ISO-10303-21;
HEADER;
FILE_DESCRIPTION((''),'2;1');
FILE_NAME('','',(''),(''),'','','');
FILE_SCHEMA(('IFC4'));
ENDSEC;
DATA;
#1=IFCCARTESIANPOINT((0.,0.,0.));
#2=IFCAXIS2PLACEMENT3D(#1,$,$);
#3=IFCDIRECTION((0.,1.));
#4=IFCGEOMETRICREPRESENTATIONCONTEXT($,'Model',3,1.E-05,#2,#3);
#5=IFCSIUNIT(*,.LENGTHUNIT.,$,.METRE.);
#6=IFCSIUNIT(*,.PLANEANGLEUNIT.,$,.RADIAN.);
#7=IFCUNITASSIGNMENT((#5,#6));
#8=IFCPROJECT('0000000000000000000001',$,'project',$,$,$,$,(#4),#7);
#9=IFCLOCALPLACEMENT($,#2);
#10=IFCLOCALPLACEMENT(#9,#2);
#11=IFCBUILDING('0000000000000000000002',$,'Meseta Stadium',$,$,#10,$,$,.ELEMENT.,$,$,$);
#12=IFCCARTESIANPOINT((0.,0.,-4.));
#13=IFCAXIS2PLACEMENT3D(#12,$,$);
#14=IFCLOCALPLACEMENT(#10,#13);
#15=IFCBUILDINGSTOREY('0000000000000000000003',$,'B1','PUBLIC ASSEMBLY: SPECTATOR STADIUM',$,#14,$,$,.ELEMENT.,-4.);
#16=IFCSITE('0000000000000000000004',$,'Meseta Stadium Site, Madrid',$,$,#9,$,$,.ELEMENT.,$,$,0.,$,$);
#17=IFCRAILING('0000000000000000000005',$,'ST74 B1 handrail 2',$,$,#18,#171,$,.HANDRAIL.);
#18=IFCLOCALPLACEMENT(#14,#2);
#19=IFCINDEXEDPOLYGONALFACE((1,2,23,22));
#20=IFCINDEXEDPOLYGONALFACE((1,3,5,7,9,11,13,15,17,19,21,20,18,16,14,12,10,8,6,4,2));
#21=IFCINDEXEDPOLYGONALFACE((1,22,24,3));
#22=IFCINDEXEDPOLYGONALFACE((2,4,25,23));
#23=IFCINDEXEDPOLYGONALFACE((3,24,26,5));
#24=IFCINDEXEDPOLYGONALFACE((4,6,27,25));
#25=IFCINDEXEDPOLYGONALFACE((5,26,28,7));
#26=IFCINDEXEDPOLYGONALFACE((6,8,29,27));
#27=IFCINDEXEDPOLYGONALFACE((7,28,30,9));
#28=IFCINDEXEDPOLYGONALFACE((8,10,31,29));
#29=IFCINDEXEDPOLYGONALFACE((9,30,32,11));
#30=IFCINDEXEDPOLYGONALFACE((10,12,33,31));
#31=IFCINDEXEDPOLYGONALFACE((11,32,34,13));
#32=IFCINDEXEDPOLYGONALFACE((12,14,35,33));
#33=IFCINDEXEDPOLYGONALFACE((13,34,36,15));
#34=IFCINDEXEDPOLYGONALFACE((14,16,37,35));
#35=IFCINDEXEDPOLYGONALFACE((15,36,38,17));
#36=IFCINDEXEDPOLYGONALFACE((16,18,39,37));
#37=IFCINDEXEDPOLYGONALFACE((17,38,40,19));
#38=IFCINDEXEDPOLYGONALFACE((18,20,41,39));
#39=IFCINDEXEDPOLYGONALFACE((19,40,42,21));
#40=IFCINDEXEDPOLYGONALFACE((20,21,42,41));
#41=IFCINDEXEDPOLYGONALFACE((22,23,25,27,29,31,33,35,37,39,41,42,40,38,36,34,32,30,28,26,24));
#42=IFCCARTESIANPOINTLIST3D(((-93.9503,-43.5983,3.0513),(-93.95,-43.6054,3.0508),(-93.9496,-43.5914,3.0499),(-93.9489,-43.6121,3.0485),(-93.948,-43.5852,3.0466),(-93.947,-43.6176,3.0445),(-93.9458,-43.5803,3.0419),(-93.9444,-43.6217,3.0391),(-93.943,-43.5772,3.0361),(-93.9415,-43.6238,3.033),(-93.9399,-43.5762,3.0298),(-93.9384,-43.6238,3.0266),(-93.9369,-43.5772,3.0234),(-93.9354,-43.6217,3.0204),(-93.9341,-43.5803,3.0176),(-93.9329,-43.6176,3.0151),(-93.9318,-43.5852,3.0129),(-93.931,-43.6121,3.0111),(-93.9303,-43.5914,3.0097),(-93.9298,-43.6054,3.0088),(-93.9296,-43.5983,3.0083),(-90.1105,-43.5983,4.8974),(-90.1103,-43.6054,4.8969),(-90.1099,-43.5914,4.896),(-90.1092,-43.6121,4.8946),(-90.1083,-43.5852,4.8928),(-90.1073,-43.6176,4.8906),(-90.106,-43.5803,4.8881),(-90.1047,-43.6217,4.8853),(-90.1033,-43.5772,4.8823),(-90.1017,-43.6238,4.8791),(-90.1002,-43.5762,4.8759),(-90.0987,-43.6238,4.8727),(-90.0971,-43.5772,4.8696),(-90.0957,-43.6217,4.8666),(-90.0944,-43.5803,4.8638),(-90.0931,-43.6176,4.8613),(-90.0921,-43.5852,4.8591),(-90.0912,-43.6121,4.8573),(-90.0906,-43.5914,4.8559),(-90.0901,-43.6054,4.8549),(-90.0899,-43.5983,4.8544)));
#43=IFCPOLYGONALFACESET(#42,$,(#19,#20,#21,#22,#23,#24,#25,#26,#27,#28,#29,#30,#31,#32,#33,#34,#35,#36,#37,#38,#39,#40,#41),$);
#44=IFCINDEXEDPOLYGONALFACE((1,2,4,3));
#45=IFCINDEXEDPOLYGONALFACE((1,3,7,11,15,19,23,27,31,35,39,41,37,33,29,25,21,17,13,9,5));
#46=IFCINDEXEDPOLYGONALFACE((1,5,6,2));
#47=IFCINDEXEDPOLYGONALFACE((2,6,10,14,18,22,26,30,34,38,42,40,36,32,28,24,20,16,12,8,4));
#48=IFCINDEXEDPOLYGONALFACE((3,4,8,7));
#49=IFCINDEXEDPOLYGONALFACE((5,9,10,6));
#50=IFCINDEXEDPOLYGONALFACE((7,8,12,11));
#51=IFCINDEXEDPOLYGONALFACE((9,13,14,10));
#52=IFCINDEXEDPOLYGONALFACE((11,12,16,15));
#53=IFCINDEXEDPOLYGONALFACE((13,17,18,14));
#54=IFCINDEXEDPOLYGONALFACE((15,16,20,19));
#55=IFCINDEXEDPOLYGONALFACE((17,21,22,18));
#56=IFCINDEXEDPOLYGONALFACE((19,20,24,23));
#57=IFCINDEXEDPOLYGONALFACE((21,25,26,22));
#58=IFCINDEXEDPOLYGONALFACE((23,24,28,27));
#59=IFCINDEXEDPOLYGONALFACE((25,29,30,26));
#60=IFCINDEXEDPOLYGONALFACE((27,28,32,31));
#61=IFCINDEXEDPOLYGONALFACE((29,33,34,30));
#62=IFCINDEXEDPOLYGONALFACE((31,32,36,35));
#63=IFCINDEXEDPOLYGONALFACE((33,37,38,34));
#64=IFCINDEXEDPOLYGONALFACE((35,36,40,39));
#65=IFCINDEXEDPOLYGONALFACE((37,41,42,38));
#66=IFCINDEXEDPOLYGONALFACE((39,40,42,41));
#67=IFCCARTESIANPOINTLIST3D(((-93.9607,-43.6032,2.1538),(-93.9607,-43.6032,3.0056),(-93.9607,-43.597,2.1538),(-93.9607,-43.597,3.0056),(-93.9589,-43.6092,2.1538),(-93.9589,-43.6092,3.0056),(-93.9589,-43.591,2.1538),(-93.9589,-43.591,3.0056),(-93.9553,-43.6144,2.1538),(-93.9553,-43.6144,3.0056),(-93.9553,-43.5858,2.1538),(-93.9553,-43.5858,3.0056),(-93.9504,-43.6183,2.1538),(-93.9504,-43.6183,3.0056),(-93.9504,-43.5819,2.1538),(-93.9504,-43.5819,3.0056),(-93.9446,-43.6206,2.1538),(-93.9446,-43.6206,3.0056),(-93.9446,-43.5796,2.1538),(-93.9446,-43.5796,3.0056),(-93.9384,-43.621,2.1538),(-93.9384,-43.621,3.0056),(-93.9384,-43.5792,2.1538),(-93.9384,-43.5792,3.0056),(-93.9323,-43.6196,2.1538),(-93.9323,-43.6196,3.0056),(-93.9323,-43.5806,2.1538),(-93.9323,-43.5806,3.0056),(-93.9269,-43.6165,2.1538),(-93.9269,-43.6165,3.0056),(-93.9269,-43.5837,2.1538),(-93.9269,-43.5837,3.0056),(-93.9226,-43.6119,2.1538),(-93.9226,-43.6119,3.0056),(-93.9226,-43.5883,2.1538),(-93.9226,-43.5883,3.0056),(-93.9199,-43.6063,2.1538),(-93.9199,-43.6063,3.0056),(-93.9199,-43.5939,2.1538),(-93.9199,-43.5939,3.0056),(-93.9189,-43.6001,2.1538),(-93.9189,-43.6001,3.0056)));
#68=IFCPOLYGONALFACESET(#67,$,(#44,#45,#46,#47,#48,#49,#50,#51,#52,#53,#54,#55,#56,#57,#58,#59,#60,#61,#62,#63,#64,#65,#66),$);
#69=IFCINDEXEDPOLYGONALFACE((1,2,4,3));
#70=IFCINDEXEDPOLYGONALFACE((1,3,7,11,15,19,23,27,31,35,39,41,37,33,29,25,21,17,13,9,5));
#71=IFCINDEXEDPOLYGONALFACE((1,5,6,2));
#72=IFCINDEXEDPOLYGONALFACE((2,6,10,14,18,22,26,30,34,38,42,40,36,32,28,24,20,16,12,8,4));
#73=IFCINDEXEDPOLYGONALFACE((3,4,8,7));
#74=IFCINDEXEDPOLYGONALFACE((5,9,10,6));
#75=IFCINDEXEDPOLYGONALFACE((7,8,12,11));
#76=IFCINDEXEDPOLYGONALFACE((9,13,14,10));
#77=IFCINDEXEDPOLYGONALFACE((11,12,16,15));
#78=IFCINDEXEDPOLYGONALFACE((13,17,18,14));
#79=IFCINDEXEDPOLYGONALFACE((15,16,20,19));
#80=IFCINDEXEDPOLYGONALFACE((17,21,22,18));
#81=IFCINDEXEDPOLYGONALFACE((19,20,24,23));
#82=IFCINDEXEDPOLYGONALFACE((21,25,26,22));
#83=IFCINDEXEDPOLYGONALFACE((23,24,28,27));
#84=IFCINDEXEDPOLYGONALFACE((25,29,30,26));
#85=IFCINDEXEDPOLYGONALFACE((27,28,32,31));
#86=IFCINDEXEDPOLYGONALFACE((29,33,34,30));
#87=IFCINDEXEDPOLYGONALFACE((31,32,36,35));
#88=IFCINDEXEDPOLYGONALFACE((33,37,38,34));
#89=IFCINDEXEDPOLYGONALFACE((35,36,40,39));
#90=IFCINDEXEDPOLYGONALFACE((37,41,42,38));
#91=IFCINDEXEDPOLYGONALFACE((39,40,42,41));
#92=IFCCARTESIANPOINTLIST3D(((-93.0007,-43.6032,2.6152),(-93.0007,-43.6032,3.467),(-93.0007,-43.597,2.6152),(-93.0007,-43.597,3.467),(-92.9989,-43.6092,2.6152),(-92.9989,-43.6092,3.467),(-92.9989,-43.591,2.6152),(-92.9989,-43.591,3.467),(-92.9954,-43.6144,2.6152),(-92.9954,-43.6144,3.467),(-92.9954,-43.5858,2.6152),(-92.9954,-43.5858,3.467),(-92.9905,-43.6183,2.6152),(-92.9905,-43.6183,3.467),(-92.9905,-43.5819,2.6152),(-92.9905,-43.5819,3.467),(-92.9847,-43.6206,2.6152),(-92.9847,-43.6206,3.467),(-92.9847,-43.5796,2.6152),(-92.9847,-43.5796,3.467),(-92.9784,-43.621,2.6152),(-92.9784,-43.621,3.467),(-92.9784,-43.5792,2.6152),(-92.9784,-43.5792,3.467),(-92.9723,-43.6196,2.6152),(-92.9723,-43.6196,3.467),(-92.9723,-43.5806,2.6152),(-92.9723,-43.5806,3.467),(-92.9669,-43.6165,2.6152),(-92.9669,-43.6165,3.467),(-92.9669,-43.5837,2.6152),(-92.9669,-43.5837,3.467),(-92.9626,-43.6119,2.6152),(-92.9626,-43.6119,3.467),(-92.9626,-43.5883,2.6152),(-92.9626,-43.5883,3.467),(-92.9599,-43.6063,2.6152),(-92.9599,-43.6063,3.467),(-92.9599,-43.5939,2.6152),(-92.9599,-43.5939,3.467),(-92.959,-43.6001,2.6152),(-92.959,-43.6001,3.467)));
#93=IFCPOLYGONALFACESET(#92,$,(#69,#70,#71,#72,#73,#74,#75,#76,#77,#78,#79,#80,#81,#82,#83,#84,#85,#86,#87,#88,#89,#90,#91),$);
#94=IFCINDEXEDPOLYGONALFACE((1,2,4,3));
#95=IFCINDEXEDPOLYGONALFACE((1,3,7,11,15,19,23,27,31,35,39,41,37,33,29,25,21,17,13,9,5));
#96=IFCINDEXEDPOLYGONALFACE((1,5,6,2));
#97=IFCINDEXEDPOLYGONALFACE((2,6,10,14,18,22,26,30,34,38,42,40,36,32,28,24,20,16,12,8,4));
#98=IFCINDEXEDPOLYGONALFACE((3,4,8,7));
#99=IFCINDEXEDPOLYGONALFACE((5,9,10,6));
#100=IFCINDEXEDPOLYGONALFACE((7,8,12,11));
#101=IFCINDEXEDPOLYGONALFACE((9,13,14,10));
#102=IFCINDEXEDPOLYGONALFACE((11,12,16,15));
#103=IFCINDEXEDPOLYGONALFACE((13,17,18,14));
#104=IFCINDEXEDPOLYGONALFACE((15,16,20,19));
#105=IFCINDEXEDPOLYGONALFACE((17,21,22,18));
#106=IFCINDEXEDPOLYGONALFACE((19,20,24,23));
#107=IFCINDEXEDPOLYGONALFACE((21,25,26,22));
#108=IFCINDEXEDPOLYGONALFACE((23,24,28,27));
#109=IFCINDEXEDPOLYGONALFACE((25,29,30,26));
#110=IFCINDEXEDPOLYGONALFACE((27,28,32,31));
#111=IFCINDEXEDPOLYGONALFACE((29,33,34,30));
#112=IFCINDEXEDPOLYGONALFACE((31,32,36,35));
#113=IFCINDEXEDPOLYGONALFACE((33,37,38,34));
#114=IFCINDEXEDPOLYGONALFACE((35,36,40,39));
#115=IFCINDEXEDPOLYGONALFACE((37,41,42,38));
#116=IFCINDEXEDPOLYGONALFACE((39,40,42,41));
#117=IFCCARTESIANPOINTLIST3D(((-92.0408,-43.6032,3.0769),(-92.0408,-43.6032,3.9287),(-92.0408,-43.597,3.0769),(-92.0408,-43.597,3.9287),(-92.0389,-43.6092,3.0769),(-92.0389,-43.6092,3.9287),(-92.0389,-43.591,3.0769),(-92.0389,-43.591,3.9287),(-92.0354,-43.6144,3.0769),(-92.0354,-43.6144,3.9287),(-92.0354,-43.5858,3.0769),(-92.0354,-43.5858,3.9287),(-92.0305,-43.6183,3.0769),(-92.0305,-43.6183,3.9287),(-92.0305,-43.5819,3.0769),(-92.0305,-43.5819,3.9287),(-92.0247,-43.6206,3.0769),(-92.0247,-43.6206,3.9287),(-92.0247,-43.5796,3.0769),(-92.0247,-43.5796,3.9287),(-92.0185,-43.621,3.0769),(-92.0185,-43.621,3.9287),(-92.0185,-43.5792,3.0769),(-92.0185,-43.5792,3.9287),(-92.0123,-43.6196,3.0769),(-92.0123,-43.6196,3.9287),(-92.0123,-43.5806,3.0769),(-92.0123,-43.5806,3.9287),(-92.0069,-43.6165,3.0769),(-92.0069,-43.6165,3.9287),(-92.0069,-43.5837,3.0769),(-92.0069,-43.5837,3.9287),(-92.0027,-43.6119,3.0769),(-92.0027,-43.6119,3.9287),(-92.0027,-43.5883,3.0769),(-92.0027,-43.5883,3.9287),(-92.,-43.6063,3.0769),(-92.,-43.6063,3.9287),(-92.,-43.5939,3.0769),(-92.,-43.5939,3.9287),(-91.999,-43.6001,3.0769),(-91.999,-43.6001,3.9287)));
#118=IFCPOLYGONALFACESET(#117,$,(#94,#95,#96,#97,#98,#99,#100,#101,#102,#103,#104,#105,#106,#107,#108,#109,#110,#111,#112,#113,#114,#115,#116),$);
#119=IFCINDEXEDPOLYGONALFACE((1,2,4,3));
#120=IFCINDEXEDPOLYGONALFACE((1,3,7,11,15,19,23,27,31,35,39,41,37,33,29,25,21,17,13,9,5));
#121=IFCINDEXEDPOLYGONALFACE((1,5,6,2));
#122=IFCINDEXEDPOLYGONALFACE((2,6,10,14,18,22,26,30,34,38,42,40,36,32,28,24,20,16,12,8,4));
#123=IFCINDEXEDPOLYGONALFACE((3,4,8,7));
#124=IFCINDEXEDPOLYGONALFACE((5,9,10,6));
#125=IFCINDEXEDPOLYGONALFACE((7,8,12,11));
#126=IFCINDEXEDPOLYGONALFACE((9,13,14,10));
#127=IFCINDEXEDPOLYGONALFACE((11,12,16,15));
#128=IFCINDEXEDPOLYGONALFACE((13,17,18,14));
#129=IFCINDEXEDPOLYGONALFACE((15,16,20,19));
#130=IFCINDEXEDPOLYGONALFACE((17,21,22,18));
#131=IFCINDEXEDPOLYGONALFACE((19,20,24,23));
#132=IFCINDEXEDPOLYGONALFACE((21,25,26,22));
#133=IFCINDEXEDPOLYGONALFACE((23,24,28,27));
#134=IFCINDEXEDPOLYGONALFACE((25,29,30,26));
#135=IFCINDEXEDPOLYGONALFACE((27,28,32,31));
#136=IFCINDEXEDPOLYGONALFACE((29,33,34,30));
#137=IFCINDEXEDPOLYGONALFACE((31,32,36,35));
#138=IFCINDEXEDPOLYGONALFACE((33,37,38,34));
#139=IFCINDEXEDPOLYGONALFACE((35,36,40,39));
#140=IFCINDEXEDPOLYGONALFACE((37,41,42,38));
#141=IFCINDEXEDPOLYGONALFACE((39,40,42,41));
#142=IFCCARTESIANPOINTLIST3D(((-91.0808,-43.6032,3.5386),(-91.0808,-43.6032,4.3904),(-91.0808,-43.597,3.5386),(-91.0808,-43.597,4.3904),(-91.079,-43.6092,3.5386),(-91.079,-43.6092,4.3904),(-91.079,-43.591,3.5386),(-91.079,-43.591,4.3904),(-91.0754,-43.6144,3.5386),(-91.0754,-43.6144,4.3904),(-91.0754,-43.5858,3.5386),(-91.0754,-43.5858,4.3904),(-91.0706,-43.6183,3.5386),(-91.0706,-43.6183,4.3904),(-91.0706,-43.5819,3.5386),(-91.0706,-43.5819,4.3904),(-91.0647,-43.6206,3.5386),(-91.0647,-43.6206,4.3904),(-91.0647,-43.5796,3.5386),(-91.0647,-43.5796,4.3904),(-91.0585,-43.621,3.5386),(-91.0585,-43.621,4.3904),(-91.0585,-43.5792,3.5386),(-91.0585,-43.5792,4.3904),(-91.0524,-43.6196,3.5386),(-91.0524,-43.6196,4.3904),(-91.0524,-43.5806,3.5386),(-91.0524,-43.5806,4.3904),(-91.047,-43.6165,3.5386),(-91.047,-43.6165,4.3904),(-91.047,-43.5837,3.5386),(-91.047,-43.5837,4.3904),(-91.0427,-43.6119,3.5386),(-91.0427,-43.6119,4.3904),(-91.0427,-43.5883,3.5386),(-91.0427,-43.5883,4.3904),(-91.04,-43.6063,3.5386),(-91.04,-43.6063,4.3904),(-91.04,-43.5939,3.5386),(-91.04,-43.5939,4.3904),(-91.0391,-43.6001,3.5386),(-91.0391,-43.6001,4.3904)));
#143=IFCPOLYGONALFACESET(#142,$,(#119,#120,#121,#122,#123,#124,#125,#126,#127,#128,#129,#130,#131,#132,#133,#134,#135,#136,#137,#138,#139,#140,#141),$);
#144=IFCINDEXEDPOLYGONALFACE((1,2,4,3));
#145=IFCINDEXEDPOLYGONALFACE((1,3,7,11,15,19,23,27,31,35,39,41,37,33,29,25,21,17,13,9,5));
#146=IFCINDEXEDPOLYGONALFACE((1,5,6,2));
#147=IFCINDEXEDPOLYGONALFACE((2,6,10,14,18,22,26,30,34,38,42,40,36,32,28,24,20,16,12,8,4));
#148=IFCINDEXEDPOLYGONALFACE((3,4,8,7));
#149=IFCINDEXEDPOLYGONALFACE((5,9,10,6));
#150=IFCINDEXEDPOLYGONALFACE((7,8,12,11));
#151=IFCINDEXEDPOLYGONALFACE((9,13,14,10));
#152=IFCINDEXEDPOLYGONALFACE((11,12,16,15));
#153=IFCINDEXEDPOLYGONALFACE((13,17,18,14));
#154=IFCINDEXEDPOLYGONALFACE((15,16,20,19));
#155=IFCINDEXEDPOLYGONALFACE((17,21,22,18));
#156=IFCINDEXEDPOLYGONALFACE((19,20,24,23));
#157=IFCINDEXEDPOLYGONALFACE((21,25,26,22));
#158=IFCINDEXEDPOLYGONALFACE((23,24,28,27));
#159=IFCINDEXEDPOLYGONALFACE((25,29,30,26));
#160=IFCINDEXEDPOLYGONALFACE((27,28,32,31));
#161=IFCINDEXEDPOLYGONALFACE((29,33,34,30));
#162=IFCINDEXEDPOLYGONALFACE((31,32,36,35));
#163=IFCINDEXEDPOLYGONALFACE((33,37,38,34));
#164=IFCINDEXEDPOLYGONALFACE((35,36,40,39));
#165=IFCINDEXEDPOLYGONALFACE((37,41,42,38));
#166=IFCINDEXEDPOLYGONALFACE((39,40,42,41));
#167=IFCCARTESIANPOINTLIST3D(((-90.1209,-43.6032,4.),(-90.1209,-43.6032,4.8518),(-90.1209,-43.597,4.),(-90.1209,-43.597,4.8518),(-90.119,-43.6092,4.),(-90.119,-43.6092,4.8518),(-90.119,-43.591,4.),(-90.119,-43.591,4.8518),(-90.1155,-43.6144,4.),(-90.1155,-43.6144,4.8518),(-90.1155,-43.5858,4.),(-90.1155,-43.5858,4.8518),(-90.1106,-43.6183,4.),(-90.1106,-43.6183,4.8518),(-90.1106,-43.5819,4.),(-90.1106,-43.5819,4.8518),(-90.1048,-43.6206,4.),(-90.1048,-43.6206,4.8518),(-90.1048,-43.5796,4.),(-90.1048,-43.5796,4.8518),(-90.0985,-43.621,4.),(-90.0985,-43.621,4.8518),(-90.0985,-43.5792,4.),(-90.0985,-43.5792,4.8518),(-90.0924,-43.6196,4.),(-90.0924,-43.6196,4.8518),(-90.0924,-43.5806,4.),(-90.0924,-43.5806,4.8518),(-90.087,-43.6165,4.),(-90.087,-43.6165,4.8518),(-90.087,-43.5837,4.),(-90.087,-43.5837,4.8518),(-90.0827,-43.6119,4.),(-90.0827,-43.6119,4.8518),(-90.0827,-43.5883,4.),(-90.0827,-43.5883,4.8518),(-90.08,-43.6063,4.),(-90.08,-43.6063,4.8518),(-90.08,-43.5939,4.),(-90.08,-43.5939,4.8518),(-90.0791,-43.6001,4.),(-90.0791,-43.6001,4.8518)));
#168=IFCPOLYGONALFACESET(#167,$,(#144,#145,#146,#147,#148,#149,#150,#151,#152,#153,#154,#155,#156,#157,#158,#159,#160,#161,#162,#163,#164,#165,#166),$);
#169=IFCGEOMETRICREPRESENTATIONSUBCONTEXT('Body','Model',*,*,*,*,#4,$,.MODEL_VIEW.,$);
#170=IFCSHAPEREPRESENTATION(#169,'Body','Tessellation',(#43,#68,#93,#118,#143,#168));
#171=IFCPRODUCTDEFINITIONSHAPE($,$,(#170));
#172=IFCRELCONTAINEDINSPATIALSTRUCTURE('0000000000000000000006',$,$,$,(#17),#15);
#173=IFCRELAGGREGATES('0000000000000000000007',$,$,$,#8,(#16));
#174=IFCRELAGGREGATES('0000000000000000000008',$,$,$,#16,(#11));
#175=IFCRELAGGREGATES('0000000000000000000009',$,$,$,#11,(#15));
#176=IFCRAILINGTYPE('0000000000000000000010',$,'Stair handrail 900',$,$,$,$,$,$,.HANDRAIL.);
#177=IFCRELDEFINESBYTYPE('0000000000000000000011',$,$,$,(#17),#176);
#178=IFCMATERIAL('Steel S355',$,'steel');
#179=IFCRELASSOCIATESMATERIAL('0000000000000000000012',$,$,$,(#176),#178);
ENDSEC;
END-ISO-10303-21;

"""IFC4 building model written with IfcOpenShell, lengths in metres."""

from ifc_helpers import new_model, si_unit, direction, frame, origin, origin_2d, place, context, subcontext, project, spatial, circle, extrude, material, type_object, element, save


model = new_model("IFC4")

# Units and contexts
model_context = context("Model", 3, precision=1e-05, world=origin(), true_north=direction((0.0, 1.0)))
body_context = subcontext(model_context, "Body", "Model", "MODEL_VIEW")
ifc_project = project(units=[si_unit("LENGTHUNIT", "METRE"), si_unit("PLANEANGLEUNIT", "RADIAN")], contexts=[model_context])

# Site, building, storey
site_placement = place(None, origin())
site = spatial("IfcSite", under=ifc_project, at=site_placement, Name="Meseta Stadium Site, Madrid", CompositionType="ELEMENT", RefElevation=0.0)
building_placement = place(site_placement, origin())
building = spatial("IfcBuilding", under=site, at=building_placement, Name="Meseta Stadium", CompositionType="ELEMENT")
storey_placement = place(building_placement, frame((0.0, 0.0, -4.0)))
storey = spatial("IfcBuildingStorey", under=building, at=storey_placement, Name="B1", Description="PUBLIC ASSEMBLY: SPECTATOR STADIUM", CompositionType="ELEMENT", Elevation=-4.0)

# Railing
ifc_material_1 = material(Name="Steel S355", Category="steel")
railing_type_1 = type_object("IfcRailingType", Name="Stair handrail 900", PredefinedType="HANDRAIL", material=ifc_material_1)
railing_1_placement = place(storey_placement, frame((-93.9399, -43.6001, 2.1538)))
element("IfcRailing", 1, at=railing_1_placement, inside=storey, type_object=railing_type_1, Name="ST74 B1 handrail 2", PredefinedType="HANDRAIL", context=body_context, shape_type="SweptSolid", body=[
    extrude(circle(Radius=0.0239, at=origin_2d()), frame((0.0, 0.0, 0.876), z_axis=(0.901242, 0.0, 0.433316), x_axis=(0.0, 1.0, 0.0)), (0.0, 0.0, 1.0), 4.2605),
    extrude(circle(Radius=0.021, at=origin_2d()), origin(), (0.0, 0.0, 1.0), 0.8518),
    extrude(circle(Radius=0.021, at=origin_2d()), frame((0.96, 0.0, 0.4614)), (0.0, 0.0, 1.0), 0.8518),
    extrude(circle(Radius=0.021, at=origin_2d()), frame((1.9199, 0.0, 0.9231)), (0.0, 0.0, 1.0), 0.8518),
    extrude(circle(Radius=0.021, at=origin_2d()), frame((2.8799, 0.0, 1.3848)), (0.0, 0.0, 1.0), 0.8518),
    extrude(circle(Radius=0.021, at=origin_2d()), frame((3.8398, 0.0, 1.8462)), (0.0, 0.0, 1.0), 0.8518),
])

save(model, "model.ifc")
